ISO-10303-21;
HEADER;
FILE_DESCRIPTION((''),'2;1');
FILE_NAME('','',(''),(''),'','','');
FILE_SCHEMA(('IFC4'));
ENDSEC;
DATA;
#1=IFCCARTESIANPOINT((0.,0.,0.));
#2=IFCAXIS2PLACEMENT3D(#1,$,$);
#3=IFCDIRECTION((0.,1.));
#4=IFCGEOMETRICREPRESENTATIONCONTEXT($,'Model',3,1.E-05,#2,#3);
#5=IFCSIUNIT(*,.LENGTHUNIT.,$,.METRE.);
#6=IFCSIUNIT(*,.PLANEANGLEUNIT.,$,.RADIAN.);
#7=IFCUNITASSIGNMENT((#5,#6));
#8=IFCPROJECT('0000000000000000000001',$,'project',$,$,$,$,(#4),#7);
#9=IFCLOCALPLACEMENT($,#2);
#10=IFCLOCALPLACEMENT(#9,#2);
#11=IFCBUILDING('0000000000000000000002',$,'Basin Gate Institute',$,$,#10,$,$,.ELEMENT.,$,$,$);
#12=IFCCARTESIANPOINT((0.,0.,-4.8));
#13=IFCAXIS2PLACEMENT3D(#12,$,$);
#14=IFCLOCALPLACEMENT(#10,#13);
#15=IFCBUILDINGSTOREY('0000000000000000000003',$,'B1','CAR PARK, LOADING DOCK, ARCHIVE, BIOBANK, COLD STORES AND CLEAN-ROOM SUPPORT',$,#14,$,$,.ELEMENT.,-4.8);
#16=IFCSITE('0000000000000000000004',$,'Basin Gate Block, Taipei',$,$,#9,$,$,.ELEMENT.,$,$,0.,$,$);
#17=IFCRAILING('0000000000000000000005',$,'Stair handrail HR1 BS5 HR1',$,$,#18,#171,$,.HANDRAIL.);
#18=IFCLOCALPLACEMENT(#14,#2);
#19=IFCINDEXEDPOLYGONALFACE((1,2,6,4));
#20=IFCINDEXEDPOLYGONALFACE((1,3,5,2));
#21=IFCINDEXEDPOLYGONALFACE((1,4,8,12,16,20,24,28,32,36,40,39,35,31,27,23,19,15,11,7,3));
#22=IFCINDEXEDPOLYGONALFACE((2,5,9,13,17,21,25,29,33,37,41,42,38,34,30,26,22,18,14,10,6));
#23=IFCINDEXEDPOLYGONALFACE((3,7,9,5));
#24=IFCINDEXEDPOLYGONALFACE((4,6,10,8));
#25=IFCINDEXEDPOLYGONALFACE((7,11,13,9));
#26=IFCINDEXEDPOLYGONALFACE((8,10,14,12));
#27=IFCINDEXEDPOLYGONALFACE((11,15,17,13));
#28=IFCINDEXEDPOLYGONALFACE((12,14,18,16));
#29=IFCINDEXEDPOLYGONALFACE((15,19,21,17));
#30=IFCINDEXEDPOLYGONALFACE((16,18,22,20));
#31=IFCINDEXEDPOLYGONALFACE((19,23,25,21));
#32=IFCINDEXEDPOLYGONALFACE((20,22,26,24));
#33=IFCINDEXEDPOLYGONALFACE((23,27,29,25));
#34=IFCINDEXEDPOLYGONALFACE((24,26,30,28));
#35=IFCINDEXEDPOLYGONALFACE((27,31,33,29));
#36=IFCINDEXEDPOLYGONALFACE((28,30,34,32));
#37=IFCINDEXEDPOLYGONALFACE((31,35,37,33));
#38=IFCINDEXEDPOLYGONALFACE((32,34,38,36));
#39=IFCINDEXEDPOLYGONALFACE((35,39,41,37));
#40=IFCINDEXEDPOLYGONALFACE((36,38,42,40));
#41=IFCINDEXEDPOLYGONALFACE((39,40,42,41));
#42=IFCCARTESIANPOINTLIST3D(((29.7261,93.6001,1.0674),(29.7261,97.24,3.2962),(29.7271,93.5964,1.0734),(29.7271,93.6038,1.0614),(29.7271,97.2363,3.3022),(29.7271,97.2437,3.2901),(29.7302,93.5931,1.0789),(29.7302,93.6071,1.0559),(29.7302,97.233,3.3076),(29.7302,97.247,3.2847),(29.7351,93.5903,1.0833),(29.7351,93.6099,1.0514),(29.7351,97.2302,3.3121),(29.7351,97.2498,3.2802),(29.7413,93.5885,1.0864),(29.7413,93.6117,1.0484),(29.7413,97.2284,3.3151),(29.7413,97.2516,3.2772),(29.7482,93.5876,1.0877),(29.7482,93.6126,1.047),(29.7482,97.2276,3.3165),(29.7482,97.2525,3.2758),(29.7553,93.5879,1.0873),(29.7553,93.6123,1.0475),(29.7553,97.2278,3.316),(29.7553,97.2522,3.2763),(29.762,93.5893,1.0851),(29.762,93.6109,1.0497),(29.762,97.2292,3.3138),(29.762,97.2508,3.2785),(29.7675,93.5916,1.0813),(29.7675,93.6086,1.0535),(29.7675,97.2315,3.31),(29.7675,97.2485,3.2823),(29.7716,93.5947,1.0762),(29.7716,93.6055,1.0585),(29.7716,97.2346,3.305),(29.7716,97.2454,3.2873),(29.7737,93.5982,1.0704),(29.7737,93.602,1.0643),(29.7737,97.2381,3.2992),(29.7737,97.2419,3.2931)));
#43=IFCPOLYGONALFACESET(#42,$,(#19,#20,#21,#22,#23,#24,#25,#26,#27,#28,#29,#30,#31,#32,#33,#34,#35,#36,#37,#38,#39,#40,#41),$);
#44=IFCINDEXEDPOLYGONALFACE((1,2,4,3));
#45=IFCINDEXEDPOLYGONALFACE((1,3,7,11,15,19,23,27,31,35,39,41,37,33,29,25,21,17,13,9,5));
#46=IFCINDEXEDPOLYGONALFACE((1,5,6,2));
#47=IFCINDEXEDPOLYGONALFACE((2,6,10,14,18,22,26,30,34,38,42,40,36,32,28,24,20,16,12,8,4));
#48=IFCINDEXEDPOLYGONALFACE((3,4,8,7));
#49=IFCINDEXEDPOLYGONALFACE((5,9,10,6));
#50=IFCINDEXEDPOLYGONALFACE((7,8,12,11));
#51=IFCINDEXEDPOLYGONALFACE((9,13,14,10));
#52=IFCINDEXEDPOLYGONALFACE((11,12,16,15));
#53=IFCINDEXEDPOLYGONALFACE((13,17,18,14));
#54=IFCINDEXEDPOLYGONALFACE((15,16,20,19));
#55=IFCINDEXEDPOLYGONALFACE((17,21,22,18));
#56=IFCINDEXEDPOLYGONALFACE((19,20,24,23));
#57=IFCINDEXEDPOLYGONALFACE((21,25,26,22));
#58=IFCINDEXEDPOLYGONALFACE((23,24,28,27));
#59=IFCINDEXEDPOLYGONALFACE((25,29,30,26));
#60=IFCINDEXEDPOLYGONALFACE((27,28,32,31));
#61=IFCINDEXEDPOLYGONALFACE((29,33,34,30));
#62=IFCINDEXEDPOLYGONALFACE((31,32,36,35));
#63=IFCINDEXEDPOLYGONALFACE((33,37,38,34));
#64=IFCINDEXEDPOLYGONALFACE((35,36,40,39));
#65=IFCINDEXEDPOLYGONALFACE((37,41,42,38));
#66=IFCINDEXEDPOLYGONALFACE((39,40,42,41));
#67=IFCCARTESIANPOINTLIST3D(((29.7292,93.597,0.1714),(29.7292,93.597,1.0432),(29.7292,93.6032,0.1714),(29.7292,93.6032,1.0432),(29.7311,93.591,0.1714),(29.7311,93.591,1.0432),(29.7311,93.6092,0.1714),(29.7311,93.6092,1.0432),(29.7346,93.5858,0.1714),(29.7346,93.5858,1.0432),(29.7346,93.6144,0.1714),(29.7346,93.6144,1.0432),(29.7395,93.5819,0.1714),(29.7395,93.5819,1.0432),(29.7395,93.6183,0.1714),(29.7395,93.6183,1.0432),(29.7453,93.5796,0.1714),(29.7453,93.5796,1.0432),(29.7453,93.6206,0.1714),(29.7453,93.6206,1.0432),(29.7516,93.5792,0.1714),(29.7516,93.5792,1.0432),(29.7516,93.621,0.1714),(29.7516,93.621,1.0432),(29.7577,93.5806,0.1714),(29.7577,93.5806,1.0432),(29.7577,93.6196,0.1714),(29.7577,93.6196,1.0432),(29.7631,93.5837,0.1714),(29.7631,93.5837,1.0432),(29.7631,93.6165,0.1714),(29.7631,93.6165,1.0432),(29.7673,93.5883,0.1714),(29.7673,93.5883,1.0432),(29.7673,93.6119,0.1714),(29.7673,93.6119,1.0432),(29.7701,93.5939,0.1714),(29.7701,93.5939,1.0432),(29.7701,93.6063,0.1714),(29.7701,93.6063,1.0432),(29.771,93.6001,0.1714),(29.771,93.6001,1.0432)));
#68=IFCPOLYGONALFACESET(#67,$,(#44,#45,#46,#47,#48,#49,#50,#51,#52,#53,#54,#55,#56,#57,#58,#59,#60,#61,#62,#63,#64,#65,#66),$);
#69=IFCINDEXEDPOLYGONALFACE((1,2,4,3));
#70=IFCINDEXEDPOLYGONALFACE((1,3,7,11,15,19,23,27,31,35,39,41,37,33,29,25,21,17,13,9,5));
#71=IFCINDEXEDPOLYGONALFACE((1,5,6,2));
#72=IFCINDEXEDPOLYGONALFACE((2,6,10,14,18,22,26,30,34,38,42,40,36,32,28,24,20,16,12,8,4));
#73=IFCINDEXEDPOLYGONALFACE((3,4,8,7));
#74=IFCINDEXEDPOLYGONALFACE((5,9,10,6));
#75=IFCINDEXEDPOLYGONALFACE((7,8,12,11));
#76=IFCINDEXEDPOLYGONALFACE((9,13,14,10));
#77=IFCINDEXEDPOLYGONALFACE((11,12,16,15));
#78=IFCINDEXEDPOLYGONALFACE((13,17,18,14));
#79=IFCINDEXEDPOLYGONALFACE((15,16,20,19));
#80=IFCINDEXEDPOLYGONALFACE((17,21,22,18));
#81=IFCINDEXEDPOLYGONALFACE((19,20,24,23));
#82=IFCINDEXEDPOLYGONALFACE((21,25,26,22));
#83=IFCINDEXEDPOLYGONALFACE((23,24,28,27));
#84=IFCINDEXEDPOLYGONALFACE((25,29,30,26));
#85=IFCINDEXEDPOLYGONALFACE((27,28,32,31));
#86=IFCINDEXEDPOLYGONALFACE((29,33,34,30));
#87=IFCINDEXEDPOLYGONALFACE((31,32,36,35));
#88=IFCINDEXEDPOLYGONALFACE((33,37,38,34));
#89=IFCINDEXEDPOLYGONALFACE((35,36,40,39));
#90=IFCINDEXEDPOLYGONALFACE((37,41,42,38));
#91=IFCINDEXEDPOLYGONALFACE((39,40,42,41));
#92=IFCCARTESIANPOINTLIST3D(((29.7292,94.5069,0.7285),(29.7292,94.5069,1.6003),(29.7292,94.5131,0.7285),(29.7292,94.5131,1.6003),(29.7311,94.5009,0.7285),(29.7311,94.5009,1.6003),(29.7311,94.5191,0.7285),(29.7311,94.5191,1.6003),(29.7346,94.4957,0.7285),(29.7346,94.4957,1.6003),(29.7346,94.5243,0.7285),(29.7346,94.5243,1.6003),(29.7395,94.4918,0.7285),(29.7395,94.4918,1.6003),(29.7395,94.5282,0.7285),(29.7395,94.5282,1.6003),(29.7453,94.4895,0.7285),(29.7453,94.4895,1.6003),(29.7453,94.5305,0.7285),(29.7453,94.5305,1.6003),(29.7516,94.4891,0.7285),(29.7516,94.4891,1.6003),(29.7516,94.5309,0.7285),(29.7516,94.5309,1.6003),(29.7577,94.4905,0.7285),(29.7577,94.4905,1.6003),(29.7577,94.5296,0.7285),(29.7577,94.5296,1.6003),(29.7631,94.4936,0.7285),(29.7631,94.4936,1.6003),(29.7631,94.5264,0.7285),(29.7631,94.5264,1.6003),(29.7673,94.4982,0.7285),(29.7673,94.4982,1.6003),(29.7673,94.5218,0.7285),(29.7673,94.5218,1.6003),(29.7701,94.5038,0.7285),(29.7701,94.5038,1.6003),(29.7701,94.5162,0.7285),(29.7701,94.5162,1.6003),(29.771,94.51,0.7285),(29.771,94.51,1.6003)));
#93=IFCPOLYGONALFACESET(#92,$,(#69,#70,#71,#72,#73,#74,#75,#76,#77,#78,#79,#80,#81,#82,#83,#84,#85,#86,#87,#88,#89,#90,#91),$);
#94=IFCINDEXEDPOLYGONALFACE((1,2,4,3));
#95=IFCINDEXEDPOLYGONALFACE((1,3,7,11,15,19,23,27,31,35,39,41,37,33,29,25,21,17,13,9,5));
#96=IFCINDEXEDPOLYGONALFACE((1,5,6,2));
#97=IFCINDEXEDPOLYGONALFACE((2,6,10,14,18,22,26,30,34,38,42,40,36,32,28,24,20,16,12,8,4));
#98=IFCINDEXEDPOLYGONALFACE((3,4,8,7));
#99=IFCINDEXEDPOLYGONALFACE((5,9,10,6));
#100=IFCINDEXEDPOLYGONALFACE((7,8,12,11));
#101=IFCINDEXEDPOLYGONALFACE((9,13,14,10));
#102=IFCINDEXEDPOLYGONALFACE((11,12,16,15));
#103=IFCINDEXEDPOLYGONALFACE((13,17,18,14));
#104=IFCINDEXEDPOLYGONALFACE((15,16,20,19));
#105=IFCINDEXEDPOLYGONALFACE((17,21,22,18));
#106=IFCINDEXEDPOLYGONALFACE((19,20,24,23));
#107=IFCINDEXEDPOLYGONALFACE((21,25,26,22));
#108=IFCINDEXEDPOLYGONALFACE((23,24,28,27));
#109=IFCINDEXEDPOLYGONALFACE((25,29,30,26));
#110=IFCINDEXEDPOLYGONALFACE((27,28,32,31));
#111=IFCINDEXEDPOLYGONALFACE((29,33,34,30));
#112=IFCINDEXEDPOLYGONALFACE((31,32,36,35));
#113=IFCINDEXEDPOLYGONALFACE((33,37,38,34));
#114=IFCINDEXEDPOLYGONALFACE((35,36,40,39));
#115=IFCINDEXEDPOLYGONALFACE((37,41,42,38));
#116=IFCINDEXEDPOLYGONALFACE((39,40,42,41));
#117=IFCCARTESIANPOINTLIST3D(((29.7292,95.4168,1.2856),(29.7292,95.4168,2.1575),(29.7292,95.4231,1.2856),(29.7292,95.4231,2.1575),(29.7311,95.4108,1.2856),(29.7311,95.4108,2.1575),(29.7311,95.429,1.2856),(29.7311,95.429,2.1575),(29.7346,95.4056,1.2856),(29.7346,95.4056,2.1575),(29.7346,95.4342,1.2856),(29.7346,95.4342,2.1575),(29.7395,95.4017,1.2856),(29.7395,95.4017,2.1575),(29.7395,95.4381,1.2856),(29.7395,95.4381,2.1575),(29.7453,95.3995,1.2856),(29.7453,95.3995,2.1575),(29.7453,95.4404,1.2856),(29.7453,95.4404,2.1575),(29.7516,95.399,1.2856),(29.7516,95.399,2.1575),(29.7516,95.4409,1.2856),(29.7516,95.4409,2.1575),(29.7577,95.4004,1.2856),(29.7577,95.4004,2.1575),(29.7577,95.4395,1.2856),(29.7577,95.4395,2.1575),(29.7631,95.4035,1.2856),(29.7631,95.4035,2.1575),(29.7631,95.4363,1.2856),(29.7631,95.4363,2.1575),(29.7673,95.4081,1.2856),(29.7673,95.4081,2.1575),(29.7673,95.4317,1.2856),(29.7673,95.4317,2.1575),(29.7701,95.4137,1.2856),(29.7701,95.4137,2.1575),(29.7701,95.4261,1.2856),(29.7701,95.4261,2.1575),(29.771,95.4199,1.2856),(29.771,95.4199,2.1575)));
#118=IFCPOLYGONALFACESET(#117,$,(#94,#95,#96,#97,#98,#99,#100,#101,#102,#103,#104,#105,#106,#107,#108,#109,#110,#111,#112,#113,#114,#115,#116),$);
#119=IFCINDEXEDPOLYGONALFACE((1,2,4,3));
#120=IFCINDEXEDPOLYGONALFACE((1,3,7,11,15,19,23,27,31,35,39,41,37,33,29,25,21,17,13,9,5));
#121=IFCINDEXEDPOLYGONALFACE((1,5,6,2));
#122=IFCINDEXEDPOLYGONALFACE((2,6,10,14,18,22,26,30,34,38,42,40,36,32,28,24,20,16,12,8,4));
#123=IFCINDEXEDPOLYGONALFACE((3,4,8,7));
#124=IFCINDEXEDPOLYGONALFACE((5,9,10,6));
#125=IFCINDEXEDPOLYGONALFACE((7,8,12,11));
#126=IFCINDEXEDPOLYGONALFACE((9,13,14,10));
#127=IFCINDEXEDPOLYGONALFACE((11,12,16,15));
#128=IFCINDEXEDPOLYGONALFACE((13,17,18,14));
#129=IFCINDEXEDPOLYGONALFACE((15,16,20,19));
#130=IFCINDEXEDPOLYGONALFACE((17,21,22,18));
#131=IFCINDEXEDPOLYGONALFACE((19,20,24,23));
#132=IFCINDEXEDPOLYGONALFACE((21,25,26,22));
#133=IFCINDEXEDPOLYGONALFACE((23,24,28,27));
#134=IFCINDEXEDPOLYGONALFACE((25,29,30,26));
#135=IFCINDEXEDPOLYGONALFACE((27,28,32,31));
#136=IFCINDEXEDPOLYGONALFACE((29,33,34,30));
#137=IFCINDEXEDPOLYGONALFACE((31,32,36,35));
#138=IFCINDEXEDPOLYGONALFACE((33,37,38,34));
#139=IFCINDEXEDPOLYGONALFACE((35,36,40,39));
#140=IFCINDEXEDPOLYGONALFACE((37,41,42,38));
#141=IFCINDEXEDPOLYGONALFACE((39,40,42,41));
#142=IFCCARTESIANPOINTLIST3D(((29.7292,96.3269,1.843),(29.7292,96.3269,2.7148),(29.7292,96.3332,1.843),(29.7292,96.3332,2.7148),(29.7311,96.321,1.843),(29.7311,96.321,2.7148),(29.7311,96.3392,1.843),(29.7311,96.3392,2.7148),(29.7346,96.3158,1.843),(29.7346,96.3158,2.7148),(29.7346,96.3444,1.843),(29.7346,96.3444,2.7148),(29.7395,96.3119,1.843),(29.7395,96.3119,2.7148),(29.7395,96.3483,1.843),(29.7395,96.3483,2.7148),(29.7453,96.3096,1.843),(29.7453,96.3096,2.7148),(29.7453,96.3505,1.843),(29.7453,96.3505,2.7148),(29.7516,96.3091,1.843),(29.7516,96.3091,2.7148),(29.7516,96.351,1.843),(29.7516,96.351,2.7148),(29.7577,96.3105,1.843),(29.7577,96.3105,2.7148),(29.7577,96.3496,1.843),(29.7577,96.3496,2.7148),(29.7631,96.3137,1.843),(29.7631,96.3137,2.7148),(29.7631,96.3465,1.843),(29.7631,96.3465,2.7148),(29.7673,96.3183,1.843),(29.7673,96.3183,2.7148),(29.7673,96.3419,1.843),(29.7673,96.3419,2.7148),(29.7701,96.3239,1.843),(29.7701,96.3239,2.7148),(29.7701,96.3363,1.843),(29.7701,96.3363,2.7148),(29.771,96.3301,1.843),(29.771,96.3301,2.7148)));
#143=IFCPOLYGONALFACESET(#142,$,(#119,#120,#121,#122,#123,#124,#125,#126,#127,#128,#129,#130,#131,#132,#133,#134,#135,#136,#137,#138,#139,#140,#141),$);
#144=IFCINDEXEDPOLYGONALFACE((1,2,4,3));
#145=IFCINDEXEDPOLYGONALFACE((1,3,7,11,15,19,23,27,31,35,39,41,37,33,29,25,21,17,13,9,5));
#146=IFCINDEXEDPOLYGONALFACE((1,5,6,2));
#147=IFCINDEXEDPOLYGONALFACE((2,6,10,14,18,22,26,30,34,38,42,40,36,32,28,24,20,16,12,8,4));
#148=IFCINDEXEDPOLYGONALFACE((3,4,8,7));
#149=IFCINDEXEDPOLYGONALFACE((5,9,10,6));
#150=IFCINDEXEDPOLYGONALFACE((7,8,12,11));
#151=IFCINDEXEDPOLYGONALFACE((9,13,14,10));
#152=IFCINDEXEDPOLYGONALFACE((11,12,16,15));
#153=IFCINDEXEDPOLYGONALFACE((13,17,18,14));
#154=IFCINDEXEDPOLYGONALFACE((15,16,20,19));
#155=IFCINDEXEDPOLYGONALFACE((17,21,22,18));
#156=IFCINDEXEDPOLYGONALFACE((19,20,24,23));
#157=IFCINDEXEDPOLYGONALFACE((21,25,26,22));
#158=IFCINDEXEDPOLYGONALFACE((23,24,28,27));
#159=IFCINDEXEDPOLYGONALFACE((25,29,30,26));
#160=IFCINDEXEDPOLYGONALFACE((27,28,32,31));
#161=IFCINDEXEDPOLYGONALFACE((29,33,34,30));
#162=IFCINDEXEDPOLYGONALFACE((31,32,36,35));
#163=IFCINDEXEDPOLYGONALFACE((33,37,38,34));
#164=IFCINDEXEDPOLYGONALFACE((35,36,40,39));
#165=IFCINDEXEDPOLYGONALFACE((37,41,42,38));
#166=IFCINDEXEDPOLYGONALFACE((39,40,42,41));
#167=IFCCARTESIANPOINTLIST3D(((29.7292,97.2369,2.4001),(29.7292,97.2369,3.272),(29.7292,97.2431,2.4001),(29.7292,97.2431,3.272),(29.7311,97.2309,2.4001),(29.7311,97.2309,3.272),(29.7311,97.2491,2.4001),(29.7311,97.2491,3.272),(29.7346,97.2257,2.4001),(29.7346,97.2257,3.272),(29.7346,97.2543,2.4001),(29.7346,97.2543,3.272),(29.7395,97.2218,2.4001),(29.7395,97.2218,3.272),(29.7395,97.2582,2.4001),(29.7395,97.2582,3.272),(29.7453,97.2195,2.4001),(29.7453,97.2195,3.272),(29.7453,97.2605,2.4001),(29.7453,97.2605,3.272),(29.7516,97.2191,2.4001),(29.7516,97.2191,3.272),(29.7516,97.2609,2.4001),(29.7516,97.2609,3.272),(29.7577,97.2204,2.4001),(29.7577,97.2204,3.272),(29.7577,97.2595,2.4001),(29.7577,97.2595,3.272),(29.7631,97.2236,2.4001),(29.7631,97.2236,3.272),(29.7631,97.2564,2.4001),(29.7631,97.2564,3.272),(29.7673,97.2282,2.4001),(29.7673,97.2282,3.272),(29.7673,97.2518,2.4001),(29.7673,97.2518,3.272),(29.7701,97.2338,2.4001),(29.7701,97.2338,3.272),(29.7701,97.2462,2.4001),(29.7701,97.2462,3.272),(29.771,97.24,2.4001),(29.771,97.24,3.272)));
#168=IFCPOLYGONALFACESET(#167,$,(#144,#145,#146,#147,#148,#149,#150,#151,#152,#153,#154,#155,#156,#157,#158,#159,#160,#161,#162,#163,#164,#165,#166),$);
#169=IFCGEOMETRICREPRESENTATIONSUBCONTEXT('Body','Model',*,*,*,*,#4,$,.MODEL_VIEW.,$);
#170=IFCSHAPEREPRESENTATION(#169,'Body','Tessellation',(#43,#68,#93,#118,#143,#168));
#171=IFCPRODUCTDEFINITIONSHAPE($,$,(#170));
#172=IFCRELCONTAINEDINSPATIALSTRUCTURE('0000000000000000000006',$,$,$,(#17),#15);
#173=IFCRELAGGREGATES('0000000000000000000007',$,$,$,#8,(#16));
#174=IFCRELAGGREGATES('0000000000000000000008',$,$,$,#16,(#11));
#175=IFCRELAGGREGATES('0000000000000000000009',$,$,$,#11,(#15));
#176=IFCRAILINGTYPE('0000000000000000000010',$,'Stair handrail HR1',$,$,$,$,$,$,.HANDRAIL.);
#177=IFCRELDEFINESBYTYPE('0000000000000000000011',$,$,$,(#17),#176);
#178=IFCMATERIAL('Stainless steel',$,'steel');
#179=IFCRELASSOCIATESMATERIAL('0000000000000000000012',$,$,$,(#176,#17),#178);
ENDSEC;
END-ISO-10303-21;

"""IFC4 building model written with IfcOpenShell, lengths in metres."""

from ifc_helpers import new_model, si_unit, direction, frame, origin, origin_2d, place, context, subcontext, project, spatial, circle, extrude, material, type_object, element, save


model = new_model("IFC4")

# Units and contexts
model_context = context("Model", 3, precision=1e-05, world=origin(), true_north=direction((0.0, 1.0)))
body_context = subcontext(model_context, "Body", "Model", "MODEL_VIEW")
ifc_project = project(units=[si_unit("LENGTHUNIT", "METRE"), si_unit("PLANEANGLEUNIT", "RADIAN")], contexts=[model_context])

# Site, building, storey
site_placement = place(None, origin())
site = spatial("IfcSite", under=ifc_project, at=site_placement, Name="Basin Gate Block, Taipei", CompositionType="ELEMENT", RefElevation=0.0)
building_placement = place(site_placement, origin())
building = spatial("IfcBuilding", under=site, at=building_placement, Name="Basin Gate Institute", CompositionType="ELEMENT")
storey_placement = place(building_placement, frame((0.0, 0.0, -4.8)))
storey = spatial("IfcBuildingStorey", under=building, at=storey_placement, Name="B1", Description="CAR PARK, LOADING DOCK, ARCHIVE, BIOBANK, COLD STORES AND CLEAN-ROOM SUPPORT", CompositionType="ELEMENT", Elevation=-4.8)

# Railing
ifc_material_1 = material(Name="Stainless steel", Category="steel")
railing_type_1 = type_object("IfcRailingType", Name="Stair handrail HR1", PredefinedType="HANDRAIL", material=ifc_material_1)
for number, where, name in (
    (1, (29.75, 93.6001, 0.1714), "Stair handrail HR1 BS5 HR1"),
):
    element("IfcRailing", number, at=place(storey_placement, frame(where)), inside=storey, type_object=railing_type_1, material=ifc_material_1, Name=name, PredefinedType="HANDRAIL", context=body_context, shape_type="SweptSolid", body=[
        extrude(circle(Radius=0.0239, at=origin_2d()), frame((0.0, 0.0, 0.896), z_axis=(0.0, 0.852825, 0.522197), x_axis=(-1.0, 0.0, 0.0)), (0.0, 0.0, 1.0), 4.2681),
        extrude(circle(Radius=0.021, at=origin_2d()), origin(), (0.0, 0.0, 1.0), 0.8718),
        extrude(circle(Radius=0.021, at=origin_2d()), frame((0.0, 0.9099, 0.5571)), (0.0, 0.0, 1.0), 0.8718),
        extrude(circle(Radius=0.021, at=origin_2d()), frame((0.0, 1.8198, 1.1143)), (0.0, 0.0, 1.0), 0.8718),
        extrude(circle(Radius=0.021, at=origin_2d()), frame((0.0, 2.73, 1.6716)), (0.0, 0.0, 1.0), 0.8718),
        extrude(circle(Radius=0.021, at=origin_2d()), frame((0.0, 3.6399, 2.2288)), (0.0, 0.0, 1.0), 0.8718),
    ])

save(model, "model.ifc")
